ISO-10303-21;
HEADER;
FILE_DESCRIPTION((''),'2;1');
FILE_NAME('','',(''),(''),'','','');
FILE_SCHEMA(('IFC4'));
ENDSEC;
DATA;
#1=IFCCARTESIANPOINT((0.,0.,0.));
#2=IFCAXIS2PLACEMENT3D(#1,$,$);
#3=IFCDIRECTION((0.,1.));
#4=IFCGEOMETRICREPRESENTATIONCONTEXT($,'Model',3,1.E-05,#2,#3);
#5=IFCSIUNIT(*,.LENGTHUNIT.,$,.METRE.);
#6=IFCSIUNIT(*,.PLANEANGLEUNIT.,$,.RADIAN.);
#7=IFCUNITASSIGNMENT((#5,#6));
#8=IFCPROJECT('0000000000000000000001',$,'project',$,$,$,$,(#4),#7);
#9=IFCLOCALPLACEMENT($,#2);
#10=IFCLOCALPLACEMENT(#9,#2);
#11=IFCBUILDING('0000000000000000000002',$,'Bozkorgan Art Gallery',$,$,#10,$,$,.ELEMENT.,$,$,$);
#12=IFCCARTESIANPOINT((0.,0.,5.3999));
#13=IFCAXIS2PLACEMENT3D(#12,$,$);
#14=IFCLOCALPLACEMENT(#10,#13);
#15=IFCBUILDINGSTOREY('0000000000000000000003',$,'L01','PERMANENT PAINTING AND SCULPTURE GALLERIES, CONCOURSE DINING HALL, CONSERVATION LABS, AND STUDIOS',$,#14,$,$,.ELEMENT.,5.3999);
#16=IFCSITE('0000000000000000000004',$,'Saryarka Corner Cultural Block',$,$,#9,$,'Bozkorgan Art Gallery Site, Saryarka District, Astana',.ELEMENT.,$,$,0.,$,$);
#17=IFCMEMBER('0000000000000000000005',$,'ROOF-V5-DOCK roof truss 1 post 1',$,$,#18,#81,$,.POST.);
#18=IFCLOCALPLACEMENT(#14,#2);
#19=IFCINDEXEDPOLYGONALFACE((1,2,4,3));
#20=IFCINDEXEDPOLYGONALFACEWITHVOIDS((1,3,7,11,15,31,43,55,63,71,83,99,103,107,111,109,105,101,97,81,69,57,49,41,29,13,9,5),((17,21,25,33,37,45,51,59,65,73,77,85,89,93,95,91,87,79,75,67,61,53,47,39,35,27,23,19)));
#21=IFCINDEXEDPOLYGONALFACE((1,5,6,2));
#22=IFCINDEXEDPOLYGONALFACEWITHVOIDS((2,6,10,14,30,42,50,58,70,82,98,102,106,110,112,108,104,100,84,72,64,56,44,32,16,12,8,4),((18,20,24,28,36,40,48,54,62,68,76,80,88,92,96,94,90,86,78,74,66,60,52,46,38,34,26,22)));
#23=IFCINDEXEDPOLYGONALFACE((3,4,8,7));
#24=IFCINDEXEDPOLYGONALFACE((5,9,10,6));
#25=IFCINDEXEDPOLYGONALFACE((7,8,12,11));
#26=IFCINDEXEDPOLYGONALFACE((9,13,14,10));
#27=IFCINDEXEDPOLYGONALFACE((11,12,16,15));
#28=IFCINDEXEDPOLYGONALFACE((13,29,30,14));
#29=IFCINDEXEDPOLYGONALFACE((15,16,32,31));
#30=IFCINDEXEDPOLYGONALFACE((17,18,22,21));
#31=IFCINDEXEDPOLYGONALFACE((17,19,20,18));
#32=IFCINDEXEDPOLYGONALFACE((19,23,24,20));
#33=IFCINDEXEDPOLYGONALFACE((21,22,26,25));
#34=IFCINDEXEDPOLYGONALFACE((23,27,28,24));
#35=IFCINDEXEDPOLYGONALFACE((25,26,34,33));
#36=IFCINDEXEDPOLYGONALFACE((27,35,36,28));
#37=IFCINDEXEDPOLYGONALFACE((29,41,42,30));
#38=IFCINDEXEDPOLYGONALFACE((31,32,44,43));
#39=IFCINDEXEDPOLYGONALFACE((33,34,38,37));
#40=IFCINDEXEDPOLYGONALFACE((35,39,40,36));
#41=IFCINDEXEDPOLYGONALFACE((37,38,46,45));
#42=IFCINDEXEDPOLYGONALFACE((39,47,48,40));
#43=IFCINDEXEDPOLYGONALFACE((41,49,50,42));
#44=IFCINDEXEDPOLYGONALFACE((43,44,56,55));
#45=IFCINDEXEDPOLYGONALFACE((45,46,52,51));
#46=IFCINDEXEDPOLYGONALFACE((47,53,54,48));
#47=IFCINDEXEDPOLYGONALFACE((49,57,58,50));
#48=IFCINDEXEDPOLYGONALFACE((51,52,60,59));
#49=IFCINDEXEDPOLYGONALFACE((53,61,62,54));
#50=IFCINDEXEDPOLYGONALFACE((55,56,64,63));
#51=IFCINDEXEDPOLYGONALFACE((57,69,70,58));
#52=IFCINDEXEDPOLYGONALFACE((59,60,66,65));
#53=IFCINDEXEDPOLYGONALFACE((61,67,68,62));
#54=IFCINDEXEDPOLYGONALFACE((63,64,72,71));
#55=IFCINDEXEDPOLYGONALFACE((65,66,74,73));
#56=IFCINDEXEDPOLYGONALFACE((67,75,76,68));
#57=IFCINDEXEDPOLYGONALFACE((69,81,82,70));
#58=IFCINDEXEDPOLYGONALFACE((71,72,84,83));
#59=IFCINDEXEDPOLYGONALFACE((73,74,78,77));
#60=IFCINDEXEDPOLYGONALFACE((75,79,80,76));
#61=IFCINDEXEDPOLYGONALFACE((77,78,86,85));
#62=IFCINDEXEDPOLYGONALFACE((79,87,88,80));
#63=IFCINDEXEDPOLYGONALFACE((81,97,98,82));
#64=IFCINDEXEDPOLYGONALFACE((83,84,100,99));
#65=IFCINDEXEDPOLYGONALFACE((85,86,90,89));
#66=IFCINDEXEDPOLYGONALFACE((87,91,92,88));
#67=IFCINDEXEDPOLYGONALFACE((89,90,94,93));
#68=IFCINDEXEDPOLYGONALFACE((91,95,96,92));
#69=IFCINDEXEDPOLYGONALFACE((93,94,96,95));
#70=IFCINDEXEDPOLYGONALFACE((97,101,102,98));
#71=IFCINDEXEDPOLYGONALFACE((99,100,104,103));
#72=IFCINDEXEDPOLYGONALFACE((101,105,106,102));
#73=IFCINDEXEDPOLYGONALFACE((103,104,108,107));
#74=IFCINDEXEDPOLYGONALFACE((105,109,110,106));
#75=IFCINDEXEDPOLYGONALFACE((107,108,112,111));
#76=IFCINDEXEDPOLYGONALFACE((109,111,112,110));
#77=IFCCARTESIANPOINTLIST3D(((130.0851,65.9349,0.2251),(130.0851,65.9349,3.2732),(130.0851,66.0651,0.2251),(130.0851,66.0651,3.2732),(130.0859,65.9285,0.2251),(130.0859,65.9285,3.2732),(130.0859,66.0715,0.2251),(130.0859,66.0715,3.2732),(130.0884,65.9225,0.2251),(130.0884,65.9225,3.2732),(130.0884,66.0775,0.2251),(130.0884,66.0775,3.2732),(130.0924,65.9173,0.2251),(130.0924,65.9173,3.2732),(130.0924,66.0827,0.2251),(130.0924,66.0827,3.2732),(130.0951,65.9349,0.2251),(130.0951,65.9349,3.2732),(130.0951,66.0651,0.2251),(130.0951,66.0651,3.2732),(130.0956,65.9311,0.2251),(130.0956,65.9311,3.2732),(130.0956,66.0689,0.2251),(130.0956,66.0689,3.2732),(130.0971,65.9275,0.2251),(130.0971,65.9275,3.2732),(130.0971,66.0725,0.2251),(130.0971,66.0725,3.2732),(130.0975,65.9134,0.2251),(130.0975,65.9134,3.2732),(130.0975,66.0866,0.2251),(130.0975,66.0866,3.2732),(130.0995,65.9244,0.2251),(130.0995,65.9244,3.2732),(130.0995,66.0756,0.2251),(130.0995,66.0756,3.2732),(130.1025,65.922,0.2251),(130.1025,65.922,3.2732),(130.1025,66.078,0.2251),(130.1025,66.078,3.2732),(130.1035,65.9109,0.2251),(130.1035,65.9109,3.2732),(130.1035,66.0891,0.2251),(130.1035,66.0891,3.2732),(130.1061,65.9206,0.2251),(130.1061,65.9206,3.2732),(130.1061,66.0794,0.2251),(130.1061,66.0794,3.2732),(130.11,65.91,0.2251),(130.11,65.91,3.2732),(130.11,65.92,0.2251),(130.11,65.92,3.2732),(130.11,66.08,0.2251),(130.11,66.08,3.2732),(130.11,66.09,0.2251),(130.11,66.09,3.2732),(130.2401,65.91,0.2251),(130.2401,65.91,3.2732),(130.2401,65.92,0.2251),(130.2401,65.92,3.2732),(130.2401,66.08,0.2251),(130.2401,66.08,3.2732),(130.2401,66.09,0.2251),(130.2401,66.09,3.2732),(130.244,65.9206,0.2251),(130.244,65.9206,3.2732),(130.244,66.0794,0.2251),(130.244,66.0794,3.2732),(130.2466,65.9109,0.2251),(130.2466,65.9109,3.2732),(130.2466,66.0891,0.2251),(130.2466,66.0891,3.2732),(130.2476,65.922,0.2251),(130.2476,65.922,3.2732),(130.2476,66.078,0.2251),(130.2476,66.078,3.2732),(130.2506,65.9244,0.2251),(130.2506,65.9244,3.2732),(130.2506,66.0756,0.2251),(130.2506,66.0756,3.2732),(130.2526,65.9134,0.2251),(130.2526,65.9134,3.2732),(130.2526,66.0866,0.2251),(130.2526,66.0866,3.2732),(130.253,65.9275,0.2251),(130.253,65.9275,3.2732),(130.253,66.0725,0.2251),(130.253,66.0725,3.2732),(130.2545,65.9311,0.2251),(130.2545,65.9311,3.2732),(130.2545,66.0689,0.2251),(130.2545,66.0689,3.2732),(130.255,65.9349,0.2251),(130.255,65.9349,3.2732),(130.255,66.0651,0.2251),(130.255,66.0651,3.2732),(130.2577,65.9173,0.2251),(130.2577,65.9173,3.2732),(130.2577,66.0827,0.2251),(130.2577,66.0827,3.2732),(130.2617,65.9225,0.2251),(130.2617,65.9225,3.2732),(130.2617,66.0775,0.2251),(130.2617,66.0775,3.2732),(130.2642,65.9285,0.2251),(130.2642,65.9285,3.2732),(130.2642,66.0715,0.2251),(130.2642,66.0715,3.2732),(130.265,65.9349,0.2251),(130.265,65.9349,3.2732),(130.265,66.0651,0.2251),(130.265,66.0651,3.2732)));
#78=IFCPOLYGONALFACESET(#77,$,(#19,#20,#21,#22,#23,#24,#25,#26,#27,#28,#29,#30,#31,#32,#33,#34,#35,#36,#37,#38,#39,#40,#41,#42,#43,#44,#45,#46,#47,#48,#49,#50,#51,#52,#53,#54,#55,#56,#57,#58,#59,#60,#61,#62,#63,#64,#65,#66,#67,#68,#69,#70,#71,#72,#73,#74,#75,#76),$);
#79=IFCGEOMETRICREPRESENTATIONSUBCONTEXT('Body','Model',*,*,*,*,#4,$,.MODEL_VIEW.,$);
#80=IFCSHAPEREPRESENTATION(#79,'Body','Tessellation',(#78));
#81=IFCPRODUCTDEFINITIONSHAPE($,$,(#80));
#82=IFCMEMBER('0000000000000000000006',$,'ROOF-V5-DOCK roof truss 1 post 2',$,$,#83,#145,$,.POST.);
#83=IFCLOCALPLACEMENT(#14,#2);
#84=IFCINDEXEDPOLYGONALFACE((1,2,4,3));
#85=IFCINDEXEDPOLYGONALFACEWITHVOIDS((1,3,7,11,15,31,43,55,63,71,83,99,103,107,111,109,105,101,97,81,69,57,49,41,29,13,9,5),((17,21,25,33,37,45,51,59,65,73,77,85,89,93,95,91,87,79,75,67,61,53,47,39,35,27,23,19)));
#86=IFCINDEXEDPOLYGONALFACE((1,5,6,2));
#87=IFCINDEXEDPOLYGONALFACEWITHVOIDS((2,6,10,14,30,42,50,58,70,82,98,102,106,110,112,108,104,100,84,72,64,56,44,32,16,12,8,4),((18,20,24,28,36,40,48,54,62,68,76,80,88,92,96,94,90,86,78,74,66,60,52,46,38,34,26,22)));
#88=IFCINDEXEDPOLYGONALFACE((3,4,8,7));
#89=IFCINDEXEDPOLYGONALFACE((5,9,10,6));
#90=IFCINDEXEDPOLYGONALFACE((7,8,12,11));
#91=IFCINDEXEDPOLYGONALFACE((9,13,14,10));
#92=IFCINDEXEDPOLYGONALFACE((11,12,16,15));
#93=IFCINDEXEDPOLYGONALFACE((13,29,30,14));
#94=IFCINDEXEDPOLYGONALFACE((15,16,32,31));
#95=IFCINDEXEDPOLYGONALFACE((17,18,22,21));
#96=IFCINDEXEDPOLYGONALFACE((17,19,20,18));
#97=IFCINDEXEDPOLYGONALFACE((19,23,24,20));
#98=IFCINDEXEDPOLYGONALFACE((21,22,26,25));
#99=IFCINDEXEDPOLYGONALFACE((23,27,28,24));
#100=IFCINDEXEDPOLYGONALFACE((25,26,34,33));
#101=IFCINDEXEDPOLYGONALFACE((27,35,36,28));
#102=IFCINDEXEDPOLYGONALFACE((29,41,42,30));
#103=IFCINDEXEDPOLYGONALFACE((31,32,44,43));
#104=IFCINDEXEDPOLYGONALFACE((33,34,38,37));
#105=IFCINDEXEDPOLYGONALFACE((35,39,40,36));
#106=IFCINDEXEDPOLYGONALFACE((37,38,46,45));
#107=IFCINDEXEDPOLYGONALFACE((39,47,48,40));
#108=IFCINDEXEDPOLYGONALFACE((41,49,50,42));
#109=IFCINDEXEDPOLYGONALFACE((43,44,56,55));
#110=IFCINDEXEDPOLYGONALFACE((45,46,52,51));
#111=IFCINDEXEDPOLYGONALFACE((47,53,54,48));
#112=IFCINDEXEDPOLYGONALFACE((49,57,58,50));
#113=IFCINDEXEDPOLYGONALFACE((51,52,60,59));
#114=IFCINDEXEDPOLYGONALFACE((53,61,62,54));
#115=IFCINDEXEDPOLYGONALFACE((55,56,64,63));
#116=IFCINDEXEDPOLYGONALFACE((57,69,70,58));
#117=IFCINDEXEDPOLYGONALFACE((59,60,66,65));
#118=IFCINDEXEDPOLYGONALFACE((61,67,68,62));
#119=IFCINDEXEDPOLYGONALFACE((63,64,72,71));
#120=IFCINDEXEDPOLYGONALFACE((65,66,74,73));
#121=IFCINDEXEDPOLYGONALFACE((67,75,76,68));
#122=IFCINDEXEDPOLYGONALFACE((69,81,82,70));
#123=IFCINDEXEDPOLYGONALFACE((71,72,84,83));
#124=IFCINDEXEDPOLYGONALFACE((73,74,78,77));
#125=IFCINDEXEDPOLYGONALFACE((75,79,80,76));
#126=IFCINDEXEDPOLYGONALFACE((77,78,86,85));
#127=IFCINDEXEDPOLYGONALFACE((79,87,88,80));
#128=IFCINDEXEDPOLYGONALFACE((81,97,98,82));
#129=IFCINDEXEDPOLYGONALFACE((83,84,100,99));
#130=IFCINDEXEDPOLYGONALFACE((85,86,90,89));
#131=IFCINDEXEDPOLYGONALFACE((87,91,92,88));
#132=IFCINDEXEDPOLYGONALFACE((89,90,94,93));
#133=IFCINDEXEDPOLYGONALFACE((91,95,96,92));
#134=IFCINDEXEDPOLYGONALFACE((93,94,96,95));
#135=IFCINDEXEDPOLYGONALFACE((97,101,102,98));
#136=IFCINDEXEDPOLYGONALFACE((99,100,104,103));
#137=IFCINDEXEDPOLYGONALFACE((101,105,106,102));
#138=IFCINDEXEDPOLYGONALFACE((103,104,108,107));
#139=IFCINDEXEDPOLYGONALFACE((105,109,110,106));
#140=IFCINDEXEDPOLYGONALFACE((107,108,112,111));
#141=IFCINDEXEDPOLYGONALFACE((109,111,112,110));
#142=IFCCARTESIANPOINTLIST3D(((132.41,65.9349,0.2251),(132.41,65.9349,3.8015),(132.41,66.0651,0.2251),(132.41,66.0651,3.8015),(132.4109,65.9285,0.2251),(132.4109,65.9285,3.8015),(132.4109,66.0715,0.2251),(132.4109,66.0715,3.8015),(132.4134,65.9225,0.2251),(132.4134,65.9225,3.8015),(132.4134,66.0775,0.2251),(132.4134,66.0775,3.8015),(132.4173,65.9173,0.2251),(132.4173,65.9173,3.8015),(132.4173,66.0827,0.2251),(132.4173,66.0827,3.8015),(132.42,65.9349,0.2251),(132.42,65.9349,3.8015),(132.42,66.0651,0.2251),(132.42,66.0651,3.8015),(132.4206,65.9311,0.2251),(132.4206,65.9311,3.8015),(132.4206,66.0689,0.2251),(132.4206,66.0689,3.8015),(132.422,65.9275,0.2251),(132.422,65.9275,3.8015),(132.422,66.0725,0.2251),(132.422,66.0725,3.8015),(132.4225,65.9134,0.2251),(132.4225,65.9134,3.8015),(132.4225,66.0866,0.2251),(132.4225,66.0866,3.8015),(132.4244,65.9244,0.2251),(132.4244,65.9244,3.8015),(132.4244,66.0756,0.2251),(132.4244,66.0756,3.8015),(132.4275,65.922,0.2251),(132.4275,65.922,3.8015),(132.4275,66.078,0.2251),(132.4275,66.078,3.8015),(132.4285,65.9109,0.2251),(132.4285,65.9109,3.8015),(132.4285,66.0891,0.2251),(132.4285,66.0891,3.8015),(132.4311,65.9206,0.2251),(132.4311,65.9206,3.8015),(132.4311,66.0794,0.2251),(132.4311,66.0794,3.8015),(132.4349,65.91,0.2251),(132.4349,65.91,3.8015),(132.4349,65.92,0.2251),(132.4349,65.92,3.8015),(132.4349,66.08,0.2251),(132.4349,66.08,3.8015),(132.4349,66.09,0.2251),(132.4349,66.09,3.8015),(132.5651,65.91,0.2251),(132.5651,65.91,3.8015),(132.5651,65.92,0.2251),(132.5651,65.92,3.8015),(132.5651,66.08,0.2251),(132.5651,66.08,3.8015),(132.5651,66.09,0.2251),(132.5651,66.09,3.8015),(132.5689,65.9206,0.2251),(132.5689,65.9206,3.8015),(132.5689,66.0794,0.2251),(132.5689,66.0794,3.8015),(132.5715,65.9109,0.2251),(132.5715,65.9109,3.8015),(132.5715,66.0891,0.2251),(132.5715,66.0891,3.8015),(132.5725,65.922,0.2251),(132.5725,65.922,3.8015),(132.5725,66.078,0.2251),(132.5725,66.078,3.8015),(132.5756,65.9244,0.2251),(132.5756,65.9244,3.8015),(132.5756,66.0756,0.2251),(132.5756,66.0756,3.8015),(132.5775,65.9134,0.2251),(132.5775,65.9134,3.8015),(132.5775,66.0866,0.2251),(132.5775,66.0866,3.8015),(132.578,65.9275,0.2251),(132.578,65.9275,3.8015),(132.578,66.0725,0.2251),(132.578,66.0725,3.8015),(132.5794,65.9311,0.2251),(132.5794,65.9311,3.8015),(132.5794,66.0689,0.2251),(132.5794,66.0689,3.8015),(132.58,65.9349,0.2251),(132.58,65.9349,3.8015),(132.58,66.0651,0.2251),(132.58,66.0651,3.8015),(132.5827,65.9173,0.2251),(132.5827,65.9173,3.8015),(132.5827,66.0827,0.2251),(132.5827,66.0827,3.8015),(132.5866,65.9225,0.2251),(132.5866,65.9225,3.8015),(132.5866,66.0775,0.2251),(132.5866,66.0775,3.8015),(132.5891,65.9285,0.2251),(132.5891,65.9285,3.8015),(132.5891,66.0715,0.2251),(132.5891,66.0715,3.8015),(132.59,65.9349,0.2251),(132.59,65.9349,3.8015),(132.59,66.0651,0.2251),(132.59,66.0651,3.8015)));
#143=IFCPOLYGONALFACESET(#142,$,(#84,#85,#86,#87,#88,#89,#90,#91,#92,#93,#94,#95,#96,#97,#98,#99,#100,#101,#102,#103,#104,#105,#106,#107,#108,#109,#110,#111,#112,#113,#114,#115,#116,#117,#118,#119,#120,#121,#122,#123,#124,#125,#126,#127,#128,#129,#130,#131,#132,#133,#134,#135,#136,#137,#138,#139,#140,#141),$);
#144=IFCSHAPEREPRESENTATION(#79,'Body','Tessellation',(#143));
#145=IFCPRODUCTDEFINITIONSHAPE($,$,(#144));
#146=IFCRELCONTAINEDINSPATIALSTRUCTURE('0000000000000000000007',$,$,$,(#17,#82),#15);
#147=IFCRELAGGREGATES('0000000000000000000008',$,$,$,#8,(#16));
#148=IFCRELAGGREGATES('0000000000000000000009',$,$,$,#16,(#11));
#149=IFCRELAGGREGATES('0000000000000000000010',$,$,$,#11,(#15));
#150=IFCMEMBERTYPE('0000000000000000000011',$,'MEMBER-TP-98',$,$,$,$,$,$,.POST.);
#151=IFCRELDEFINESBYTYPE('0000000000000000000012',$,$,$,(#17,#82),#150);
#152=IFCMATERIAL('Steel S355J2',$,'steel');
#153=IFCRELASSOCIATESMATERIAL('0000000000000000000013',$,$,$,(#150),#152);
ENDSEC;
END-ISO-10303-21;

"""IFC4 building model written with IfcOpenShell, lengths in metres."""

from ifc_helpers import new_model, si_unit, direction, frame, origin, origin_2d, place, context, subcontext, project, spatial, hollow_rectangle, extrude, material, material_profile, profile_set, type_object, element, save


model = new_model("IFC4")

# Units and contexts
model_context = context("Model", 3, precision=1e-05, world=origin(), true_north=direction((0.0, 1.0)))
body_context = subcontext(model_context, "Body", "Model", "MODEL_VIEW")
ifc_project = project(units=[si_unit("LENGTHUNIT", "METRE"), si_unit("PLANEANGLEUNIT", "RADIAN")], contexts=[model_context])

# Site, building, storey
site_placement = place(None, origin())
site = spatial("IfcSite", under=ifc_project, at=site_placement, Name="Saryarka Corner Cultural Block", LongName="Bozkorgan Art Gallery Site, Saryarka District, Astana", CompositionType="ELEMENT", RefElevation=0.0)
building_placement = place(site_placement, origin())
building = spatial("IfcBuilding", under=site, at=building_placement, Name="Bozkorgan Art Gallery", CompositionType="ELEMENT")
storey_placement = place(building_placement, frame((0.0, 0.0, 5.3999)))
storey = spatial("IfcBuildingStorey", under=building, at=storey_placement, Name="L01", Description="PERMANENT PAINTING AND SCULPTURE GALLERIES, CONCOURSE DINING HALL, CONSERVATION LABS, AND STUDIOS", CompositionType="ELEMENT", Elevation=5.3999)

# Members
ifc_material_1 = material(Name="Steel S355J2", Category="steel")
ifc_material_profile_1 = material_profile(ifc_material_1, hollow_rectangle(XDim=0.1799, YDim=0.1799, WallThickness=0.01, InnerFilletRadius=0.0149, OuterFilletRadius=0.0249, at=origin_2d()), Name="SHS 180x180x10")
ifc_profile_set_1 = profile_set([ifc_material_profile_1], Name="Steel S355J2")
member_type_1 = type_object("IfcMemberType", Name="MEMBER-TP-98", PredefinedType="POST", material=ifc_profile_set_1)
member_1_placement = place(storey_placement, frame((130.175, 66.0, 0.2251), z_axis=(0.0, 0.0, 1.0), x_axis=(1.0, 0.0, 0.0)))
element("IfcMember", 1, at=member_1_placement, inside=storey, type_object=member_type_1, Name="ROOF-V5-DOCK roof truss 1 post 1", PredefinedType="POST", context=body_context, shape_type="SweptSolid", body=[
    extrude(hollow_rectangle(XDim=0.1799, YDim=0.1799, WallThickness=0.01, InnerFilletRadius=0.0149, OuterFilletRadius=0.0249, at=origin_2d()), origin(), (0.0, 0.0, 1.0), 3.0481),
])
member_2_placement = place(storey_placement, frame((132.5, 66.0, 0.2251), z_axis=(0.0, 0.0, 1.0), x_axis=(1.0, 0.0, 0.0)))
element("IfcMember", 2, at=member_2_placement, inside=storey, type_object=member_type_1, Name="ROOF-V5-DOCK roof truss 1 post 2", PredefinedType="POST", context=body_context, shape_type="SweptSolid", body=[
    extrude(hollow_rectangle(XDim=0.1799, YDim=0.1799, WallThickness=0.01, InnerFilletRadius=0.0149, OuterFilletRadius=0.0249, at=origin_2d()), origin(), (0.0, 0.0, 1.0), 3.5764),
])

save(model, "model.ifc")
